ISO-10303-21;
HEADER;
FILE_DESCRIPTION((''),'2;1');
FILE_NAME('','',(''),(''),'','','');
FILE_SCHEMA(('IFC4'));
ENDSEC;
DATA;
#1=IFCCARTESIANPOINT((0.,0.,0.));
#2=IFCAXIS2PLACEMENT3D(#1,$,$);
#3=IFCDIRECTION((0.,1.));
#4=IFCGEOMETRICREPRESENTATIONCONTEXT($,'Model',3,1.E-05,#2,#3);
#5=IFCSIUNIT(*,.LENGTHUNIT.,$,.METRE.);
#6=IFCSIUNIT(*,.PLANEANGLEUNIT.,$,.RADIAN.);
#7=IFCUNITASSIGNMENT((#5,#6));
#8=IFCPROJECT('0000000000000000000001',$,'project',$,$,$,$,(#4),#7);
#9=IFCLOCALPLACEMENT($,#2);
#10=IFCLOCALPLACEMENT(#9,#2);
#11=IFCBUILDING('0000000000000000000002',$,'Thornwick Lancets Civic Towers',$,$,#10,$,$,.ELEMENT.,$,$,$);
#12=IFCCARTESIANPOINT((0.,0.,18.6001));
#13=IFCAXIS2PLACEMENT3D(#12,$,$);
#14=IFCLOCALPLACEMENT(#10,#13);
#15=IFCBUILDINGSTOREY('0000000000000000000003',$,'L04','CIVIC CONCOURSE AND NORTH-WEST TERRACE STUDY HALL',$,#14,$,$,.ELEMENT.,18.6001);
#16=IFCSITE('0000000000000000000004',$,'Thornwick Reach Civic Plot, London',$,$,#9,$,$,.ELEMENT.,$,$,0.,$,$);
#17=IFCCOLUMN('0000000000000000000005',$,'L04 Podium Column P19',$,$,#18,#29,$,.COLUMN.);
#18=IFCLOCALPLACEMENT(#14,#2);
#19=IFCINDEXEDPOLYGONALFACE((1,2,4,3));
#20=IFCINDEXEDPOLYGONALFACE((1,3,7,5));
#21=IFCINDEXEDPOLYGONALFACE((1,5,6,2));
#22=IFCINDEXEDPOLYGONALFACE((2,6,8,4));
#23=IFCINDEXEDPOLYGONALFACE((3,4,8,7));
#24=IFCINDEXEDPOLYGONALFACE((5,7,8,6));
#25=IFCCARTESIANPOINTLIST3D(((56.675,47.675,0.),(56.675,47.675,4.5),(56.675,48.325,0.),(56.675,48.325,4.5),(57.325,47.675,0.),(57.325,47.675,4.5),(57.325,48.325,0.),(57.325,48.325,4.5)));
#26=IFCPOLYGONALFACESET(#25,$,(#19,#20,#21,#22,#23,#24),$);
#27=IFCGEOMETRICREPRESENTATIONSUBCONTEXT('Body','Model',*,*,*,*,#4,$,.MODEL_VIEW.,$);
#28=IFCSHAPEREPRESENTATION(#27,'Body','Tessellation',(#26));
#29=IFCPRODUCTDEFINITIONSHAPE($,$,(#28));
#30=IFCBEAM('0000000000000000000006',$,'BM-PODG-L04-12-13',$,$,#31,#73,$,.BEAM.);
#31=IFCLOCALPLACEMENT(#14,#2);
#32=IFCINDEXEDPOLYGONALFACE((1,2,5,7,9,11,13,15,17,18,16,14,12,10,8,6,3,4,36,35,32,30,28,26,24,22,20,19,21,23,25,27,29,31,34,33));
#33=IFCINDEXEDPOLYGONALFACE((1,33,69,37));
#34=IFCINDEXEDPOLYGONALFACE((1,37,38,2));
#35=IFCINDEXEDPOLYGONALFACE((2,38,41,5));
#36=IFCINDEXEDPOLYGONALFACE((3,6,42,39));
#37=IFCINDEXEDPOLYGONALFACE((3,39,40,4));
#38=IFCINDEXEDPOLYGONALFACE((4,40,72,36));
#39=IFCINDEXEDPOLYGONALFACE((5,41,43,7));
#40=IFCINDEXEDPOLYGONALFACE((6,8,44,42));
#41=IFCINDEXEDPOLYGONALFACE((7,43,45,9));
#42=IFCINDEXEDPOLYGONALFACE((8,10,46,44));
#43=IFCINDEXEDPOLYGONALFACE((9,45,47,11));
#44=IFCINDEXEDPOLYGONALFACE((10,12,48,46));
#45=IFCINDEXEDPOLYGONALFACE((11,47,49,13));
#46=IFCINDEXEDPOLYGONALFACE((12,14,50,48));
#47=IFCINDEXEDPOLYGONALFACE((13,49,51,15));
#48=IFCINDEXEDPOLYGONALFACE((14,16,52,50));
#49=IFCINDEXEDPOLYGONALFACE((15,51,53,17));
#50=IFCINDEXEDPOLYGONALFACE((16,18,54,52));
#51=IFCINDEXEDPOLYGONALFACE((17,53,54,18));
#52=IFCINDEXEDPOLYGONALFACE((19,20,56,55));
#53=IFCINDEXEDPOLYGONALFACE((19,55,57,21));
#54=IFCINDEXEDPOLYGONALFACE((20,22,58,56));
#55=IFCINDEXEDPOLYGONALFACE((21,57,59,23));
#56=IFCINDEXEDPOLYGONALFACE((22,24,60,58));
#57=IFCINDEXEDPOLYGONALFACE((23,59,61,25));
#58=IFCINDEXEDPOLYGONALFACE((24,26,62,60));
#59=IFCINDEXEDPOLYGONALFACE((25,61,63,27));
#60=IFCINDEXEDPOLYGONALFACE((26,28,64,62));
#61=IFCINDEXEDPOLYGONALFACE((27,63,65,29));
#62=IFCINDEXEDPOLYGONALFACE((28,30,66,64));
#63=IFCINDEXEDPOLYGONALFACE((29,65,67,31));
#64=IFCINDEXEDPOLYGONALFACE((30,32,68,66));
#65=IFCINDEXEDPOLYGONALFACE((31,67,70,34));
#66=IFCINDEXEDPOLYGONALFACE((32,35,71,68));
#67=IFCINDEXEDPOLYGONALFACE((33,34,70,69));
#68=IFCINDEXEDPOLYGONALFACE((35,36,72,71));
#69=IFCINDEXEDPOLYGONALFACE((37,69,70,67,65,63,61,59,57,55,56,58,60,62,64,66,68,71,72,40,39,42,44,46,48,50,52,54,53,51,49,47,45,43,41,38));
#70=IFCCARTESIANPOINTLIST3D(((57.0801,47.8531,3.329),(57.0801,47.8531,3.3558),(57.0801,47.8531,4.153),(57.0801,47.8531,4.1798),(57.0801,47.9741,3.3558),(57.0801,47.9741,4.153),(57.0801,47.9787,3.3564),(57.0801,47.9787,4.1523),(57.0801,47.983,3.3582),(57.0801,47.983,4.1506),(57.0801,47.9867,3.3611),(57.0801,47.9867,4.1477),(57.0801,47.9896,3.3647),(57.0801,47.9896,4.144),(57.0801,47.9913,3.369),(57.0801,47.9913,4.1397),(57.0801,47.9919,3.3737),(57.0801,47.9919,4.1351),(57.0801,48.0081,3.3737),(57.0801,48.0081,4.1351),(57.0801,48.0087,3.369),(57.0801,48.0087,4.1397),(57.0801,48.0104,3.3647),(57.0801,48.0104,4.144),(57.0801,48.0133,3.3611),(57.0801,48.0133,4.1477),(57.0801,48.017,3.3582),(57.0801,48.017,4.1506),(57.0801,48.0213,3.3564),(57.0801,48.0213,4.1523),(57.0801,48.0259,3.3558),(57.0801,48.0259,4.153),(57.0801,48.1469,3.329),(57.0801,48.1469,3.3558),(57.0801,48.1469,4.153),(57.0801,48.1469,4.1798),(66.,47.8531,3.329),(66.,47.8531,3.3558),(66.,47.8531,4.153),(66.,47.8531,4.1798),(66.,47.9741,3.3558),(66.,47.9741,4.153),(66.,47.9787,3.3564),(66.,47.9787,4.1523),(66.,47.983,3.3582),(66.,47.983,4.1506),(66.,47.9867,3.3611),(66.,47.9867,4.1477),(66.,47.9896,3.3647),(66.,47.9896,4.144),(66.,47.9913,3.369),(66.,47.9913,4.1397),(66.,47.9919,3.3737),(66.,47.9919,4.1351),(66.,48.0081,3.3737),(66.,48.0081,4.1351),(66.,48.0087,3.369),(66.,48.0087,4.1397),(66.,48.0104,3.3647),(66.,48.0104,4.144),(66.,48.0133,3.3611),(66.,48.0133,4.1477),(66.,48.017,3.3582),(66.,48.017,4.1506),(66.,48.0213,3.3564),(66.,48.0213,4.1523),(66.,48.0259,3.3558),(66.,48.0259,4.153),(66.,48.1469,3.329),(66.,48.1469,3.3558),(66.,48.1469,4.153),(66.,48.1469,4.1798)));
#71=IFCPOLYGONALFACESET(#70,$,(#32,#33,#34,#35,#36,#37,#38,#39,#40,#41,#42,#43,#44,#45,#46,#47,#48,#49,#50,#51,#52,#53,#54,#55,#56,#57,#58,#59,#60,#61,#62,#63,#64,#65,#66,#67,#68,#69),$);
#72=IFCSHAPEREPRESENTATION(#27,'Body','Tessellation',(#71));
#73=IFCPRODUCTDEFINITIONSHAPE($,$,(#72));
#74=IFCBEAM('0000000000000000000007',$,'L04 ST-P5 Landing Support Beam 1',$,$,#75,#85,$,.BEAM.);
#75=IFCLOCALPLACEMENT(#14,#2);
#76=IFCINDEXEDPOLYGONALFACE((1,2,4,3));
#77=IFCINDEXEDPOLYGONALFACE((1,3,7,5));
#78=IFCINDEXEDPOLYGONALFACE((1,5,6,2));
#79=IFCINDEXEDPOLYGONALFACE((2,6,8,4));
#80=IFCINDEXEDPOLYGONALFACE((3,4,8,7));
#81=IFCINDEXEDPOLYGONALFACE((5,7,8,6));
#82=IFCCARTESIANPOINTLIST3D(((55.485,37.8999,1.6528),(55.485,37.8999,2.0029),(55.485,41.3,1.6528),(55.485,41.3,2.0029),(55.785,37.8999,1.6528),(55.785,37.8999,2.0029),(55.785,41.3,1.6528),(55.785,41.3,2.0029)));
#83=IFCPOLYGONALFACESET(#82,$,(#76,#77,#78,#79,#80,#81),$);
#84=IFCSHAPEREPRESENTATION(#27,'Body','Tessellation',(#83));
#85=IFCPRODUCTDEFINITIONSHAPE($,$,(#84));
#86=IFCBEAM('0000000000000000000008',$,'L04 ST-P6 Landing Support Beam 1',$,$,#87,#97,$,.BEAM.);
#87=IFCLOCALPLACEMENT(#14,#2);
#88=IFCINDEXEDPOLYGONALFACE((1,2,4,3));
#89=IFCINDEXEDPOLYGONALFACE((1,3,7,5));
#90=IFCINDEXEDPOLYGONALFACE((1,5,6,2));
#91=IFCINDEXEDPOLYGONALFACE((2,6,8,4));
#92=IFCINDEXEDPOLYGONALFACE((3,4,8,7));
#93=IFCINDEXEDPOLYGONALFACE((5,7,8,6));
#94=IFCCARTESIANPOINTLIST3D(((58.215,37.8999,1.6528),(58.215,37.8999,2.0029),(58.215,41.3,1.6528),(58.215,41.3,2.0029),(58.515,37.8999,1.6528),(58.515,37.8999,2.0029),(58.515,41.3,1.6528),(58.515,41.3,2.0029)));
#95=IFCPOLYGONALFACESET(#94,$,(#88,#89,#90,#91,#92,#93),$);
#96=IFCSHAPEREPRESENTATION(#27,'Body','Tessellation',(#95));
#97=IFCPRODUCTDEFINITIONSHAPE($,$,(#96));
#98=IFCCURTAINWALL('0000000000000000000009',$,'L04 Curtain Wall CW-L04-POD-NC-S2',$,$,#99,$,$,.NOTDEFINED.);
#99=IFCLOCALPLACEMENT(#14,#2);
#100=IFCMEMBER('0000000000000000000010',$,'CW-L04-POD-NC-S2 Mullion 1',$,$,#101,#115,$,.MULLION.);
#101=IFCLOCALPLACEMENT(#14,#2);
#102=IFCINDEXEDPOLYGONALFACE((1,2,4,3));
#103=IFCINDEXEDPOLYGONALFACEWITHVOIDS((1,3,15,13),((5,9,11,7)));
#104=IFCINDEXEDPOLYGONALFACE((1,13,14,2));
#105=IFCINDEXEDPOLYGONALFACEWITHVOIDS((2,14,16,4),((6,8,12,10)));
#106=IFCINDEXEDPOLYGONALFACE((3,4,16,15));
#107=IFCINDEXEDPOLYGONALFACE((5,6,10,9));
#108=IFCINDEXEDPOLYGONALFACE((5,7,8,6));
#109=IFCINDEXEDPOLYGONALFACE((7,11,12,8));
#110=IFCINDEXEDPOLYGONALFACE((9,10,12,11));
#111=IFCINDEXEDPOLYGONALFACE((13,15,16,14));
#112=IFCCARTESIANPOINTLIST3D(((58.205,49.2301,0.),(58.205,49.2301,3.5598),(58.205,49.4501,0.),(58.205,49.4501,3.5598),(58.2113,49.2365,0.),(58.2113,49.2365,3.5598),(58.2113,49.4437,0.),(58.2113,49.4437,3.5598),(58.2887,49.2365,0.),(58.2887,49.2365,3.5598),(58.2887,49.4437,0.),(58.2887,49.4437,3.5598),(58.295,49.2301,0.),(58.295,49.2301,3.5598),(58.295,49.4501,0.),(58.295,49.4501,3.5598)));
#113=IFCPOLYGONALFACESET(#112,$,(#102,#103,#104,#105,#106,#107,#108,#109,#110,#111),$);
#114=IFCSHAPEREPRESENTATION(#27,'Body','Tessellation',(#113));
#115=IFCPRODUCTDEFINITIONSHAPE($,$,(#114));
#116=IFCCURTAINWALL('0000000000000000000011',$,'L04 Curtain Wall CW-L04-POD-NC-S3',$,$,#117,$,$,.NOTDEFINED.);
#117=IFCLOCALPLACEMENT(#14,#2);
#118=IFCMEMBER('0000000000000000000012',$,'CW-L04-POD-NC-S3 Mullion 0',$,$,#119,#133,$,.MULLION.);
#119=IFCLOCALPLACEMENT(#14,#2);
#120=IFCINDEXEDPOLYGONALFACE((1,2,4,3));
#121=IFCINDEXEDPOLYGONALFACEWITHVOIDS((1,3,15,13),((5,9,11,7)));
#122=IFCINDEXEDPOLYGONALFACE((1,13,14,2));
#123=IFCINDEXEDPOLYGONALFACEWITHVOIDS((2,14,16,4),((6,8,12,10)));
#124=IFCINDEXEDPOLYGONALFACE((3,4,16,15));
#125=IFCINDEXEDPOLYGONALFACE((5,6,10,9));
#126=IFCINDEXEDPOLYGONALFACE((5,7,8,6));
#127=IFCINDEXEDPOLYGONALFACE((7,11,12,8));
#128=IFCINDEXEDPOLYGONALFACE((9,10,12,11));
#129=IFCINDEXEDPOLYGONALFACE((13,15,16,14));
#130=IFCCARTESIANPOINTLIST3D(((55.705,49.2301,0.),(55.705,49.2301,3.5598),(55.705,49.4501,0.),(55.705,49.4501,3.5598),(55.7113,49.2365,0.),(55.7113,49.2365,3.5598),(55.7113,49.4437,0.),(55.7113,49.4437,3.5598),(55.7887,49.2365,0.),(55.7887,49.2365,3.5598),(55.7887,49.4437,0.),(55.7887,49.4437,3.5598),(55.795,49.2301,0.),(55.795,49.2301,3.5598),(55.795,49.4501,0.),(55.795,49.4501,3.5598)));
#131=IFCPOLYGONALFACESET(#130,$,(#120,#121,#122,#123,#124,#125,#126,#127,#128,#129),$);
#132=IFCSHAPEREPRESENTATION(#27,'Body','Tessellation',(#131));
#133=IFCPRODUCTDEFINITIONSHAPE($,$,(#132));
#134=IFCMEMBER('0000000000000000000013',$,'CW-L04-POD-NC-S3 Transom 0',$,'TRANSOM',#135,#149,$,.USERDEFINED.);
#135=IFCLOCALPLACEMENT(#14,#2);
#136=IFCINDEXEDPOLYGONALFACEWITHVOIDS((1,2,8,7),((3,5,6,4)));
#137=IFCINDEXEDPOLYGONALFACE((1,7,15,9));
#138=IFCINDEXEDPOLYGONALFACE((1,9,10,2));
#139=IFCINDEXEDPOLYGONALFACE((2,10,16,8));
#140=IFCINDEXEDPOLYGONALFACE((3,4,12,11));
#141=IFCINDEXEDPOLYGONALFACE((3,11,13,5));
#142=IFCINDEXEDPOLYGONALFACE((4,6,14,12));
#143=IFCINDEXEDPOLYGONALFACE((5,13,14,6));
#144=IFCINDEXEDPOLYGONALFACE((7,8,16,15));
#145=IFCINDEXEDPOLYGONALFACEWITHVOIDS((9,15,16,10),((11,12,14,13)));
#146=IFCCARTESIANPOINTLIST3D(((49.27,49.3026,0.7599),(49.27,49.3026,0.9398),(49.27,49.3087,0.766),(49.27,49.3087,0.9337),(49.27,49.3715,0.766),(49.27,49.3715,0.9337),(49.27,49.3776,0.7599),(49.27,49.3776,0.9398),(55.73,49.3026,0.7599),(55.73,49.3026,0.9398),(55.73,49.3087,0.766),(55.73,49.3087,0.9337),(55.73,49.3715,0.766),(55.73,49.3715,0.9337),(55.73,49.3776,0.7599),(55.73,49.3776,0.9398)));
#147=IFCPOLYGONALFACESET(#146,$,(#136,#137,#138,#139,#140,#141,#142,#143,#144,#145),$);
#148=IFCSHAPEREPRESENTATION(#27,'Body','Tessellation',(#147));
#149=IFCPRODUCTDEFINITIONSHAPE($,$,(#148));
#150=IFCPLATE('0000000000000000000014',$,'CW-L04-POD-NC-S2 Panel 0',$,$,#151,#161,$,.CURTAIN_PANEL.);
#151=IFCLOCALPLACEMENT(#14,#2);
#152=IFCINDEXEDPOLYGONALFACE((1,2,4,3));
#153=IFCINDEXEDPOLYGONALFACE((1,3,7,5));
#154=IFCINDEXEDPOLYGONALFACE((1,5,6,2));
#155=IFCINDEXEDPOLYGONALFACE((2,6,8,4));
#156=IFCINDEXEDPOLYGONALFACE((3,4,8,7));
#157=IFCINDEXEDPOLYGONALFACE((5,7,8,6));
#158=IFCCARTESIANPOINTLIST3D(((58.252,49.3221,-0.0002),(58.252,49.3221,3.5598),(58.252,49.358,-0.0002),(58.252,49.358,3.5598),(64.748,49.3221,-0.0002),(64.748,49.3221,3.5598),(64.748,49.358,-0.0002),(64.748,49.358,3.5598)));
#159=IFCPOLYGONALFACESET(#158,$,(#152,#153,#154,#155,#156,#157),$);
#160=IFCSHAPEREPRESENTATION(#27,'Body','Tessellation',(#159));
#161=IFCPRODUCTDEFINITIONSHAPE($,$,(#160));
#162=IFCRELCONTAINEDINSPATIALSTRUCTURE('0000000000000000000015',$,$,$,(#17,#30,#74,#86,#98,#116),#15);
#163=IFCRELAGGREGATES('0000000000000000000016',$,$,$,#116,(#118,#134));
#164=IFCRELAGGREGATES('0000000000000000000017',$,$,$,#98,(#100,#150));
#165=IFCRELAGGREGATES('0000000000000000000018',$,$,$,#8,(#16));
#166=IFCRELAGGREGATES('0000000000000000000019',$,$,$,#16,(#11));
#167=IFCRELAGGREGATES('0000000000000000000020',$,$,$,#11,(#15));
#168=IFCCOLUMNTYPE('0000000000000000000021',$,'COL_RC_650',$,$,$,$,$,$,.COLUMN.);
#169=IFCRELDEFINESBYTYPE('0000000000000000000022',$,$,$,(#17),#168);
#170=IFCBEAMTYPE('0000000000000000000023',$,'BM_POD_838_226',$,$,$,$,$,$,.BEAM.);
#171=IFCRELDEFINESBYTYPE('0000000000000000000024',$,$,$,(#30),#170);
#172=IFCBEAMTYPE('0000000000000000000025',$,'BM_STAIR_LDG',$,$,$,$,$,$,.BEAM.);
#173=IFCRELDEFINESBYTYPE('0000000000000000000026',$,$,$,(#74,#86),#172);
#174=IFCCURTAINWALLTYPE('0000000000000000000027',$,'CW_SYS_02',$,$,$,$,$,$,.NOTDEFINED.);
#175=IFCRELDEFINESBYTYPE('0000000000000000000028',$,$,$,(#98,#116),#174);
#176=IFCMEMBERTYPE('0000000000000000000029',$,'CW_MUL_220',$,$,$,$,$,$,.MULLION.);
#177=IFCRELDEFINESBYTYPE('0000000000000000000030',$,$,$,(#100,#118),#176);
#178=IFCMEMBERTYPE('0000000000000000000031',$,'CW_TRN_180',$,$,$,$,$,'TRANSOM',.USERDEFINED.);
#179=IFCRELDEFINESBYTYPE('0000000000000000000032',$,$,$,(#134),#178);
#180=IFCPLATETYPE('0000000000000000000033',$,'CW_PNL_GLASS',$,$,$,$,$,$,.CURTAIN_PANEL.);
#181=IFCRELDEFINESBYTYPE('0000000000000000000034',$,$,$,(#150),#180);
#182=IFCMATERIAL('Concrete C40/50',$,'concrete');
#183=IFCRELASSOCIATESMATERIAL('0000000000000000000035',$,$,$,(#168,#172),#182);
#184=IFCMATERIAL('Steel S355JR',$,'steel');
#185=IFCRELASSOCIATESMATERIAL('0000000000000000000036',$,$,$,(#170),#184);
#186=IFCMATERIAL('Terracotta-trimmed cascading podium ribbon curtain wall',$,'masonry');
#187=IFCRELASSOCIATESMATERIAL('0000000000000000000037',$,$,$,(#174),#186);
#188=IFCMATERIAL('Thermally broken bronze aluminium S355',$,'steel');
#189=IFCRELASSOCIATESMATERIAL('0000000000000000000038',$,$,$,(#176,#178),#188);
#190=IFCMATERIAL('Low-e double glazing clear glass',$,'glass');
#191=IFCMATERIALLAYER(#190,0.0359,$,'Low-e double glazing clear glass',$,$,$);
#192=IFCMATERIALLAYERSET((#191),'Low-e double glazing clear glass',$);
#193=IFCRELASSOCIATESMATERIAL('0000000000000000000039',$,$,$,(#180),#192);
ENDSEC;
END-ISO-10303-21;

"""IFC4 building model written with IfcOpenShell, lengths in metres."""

from ifc_helpers import new_model, si_unit, direction, frame, origin, origin_2d, place, context, subcontext, project, spatial, rectangle, hollow_rectangle, i_section, extrude, material, layer, layer_set, material_profile, profile_set, type_object, element, aggregate, save


model = new_model("IFC4")

# Units and contexts
model_context = context("Model", 3, precision=1e-05, world=origin(), true_north=direction((0.0, 1.0)))
body_context = subcontext(model_context, "Body", "Model", "MODEL_VIEW")
ifc_project = project(units=[si_unit("LENGTHUNIT", "METRE"), si_unit("PLANEANGLEUNIT", "RADIAN")], contexts=[model_context])

# Site, building, storey
site_placement = place(None, origin())
site = spatial("IfcSite", under=ifc_project, at=site_placement, Name="Thornwick Reach Civic Plot, London", CompositionType="ELEMENT", RefElevation=0.0)
building_placement = place(site_placement, origin())
building = spatial("IfcBuilding", under=site, at=building_placement, Name="Thornwick Lancets Civic Towers", CompositionType="ELEMENT")
storey_placement = place(building_placement, frame((0.0, 0.0, 18.6001)))
storey = spatial("IfcBuildingStorey", under=building, at=storey_placement, Name="L04", Description="CIVIC CONCOURSE AND NORTH-WEST TERRACE STUDY HALL", CompositionType="ELEMENT", Elevation=18.6001)

# Column
ifc_material_1 = material(Name="Concrete C40/50", Category="concrete")
ifc_material_profile_1 = material_profile(ifc_material_1, rectangle(XDim=0.6499, YDim=0.6499, at=origin_2d()), Name="RC 650x650")
ifc_profile_set_1 = profile_set([ifc_material_profile_1], Name="Concrete C40/50")
column_type = type_object("IfcColumnType", Name="COL_RC_650", PredefinedType="COLUMN", material=ifc_profile_set_1)
column_placement = place(storey_placement, frame((57.0, 48.0, 0.0), z_axis=(0.0, 0.0, 1.0), x_axis=(1.0, 0.0, 0.0)))
element("IfcColumn", 1, at=column_placement, inside=storey, type_object=column_type, Name="L04 Podium Column P19", PredefinedType="COLUMN", context=body_context, shape_type="SweptSolid", body=[
    extrude(rectangle(XDim=0.6499, YDim=0.6499, at=origin_2d()), origin(), (0.0, 0.0, 1.0), 4.5),
])

# Beams
ifc_material_2 = material(Name="Steel S355JR", Category="steel")
ifc_material_profile_2 = material_profile(ifc_material_2, i_section(OverallWidth=0.2937, OverallDepth=0.8508, WebThickness=0.0161, FlangeThickness=0.0269, FilletRadius=0.0178, at=origin_2d()), Name="UKB 838x292x226")
ifc_profile_set_2 = profile_set([ifc_material_profile_2], Name="Steel S355JR")
beam_type_1 = type_object("IfcBeamType", Name="BM_POD_838_226", PredefinedType="BEAM", material=ifc_profile_set_2)
beam_placement = place(storey_placement, frame((57.0801, 48.0, 3.7544), z_axis=(1.0, 0.0, 0.0), x_axis=(0.0, 1.0, 0.0)))
element("IfcBeam", 2, at=beam_placement, inside=storey, type_object=beam_type_1, Name="BM-PODG-L04-12-13", PredefinedType="BEAM", context=body_context, shape_type="SweptSolid", body=[
    extrude(i_section(OverallWidth=0.2937, OverallDepth=0.8508, WebThickness=0.0161, FlangeThickness=0.0269, FilletRadius=0.0178, at=origin_2d()), origin(), (0.0, 0.0, 1.0), 8.9199),
])
ifc_material_profile_3 = material_profile(ifc_material_1, rectangle(XDim=0.3, YDim=0.3501, at=origin_2d()), Name="RC 300x350")
ifc_profile_set_3 = profile_set([ifc_material_profile_3], Name="Concrete C40/50")
beam_type_2 = type_object("IfcBeamType", Name="BM_STAIR_LDG", PredefinedType="BEAM", material=ifc_profile_set_3)
for number, where, z_axis, x_axis, name in (
    (3, (55.635, 37.8999, 1.8279), (0.0, 1.0, 0.0), (-1.0, 0.0, 0.0), "L04 ST-P5 Landing Support Beam 1"),
    (4, (58.365, 41.3, 1.8279), (0.0, -1.0, 0.0), (1.0, 0.0, 0.0), "L04 ST-P6 Landing Support Beam 1"),
):
    element("IfcBeam", number, at=place(storey_placement, frame(where, z_axis=z_axis, x_axis=x_axis)), inside=storey, type_object=beam_type_2, Name=name, PredefinedType="BEAM", context=body_context, shape_type="SweptSolid", body=[
        extrude(rectangle(XDim=0.3, YDim=0.3501, at=origin_2d()), origin(), (0.0, 0.0, 1.0), 3.4001),
    ])

# Curtain wall, member
ifc_material_3 = material(Name="Terracotta-trimmed cascading podium ribbon curtain wall", Category="masonry")
curtain_wall_type = type_object("IfcCurtainWallType", Name="CW_SYS_02", PredefinedType="NOTDEFINED", material=ifc_material_3)
curtain_wall_1_placement = place(storey_placement, origin())
curtain_wall_1 = element("IfcCurtainWall", 5, at=curtain_wall_1_placement, inside=storey, type_object=curtain_wall_type, Name="L04 Curtain Wall CW-L04-POD-NC-S2", PredefinedType="NOTDEFINED")
ifc_material_4 = material(Name="Thermally broken bronze aluminium S355", Category="steel")
ifc_material_profile_4 = material_profile(ifc_material_4, hollow_rectangle(XDim=0.0901, YDim=0.22, WallThickness=0.0063, at=origin_2d()), Name="RHS 220x90x6.3")
ifc_profile_set_4 = profile_set([ifc_material_profile_4], Name="Thermally broken bronze aluminium S355")
member_type_1 = type_object("IfcMemberType", Name="CW_MUL_220", PredefinedType="MULLION", material=ifc_profile_set_4)
member_1_placement = place(storey_placement, frame((58.25, 49.3401, 0.0), z_axis=(0.0, 0.0, 1.0), x_axis=(1.0, 0.0, 0.0)))
member_1 = element("IfcMember", 6, at=member_1_placement, type_object=member_type_1, Name="CW-L04-POD-NC-S2 Mullion 1", PredefinedType="MULLION", context=body_context, shape_type="SweptSolid", body=[
    extrude(hollow_rectangle(XDim=0.0901, YDim=0.22, WallThickness=0.0063, at=origin_2d()), origin(), (0.0, 0.0, 1.0), 3.5598),
])

# Curtain wall, members
curtain_wall_2_placement = place(storey_placement, origin())
curtain_wall_2 = element("IfcCurtainWall", 7, at=curtain_wall_2_placement, inside=storey, type_object=curtain_wall_type, Name="L04 Curtain Wall CW-L04-POD-NC-S3", PredefinedType="NOTDEFINED")
member_2_placement = place(storey_placement, frame((55.75, 49.3401, 0.0), z_axis=(0.0, 0.0, 1.0), x_axis=(1.0, 0.0, 0.0)))
member_2 = element("IfcMember", 8, at=member_2_placement, type_object=member_type_1, Name="CW-L04-POD-NC-S3 Mullion 0", PredefinedType="MULLION", context=body_context, shape_type="SweptSolid", body=[
    extrude(hollow_rectangle(XDim=0.0901, YDim=0.22, WallThickness=0.0063, at=origin_2d()), origin(), (0.0, 0.0, 1.0), 3.5598),
])
ifc_material_profile_5 = material_profile(ifc_material_4, hollow_rectangle(XDim=0.075, YDim=0.1799, WallThickness=0.0061, at=origin_2d()), Name="RHS 180x75x6")
ifc_profile_set_5 = profile_set([ifc_material_profile_5], Name="Thermally broken bronze aluminium S355")
member_type_2 = type_object("IfcMemberType", Name="CW_TRN_180", ElementType="TRANSOM", PredefinedType="USERDEFINED", material=ifc_profile_set_5)
member_3_placement = place(storey_placement, frame((55.73, 49.3401, 0.8499), z_axis=(-1.0, 0.0, 0.0), x_axis=(0.0, -1.0, 0.0)))
member_3 = element("IfcMember", 9, at=member_3_placement, type_object=member_type_2, Name="CW-L04-POD-NC-S3 Transom 0", ObjectType="TRANSOM", PredefinedType="USERDEFINED", context=body_context, shape_type="SweptSolid", body=[
    extrude(hollow_rectangle(XDim=0.075, YDim=0.1799, WallThickness=0.0061, at=origin_2d()), origin(), (0.0, 0.0, 1.0), 6.46),
])
aggregate(curtain_wall_2, [member_2, member_3])

# Plate
ifc_material_5 = material(Name="Low-e double glazing clear glass", Category="glass")
ifc_layer_1 = layer(ifc_material_5, 0.0359, Name="Low-e double glazing clear glass")
ifc_layer_set_1 = layer_set([ifc_layer_1], Name="Low-e double glazing clear glass")
plate_type = type_object("IfcPlateType", Name="CW_PNL_GLASS", PredefinedType="CURTAIN_PANEL", material=ifc_layer_set_1)
plate_placement = place(storey_placement, frame((61.5, 49.3401, -0.0002), z_axis=(0.0, 0.0, 1.0), x_axis=(-1.0, 0.0, 0.0)))
plate = element("IfcPlate", 10, at=plate_placement, type_object=plate_type, Name="CW-L04-POD-NC-S2 Panel 0", PredefinedType="CURTAIN_PANEL", context=body_context, shape_type="SweptSolid", body=[
    extrude(rectangle(XDim=6.4961, YDim=0.0359, at=origin_2d()), origin(), (0.0, 0.0, 1.0), 3.5601),
])
aggregate(curtain_wall_1, [member_1, plate])

save(model, "model.ifc")
